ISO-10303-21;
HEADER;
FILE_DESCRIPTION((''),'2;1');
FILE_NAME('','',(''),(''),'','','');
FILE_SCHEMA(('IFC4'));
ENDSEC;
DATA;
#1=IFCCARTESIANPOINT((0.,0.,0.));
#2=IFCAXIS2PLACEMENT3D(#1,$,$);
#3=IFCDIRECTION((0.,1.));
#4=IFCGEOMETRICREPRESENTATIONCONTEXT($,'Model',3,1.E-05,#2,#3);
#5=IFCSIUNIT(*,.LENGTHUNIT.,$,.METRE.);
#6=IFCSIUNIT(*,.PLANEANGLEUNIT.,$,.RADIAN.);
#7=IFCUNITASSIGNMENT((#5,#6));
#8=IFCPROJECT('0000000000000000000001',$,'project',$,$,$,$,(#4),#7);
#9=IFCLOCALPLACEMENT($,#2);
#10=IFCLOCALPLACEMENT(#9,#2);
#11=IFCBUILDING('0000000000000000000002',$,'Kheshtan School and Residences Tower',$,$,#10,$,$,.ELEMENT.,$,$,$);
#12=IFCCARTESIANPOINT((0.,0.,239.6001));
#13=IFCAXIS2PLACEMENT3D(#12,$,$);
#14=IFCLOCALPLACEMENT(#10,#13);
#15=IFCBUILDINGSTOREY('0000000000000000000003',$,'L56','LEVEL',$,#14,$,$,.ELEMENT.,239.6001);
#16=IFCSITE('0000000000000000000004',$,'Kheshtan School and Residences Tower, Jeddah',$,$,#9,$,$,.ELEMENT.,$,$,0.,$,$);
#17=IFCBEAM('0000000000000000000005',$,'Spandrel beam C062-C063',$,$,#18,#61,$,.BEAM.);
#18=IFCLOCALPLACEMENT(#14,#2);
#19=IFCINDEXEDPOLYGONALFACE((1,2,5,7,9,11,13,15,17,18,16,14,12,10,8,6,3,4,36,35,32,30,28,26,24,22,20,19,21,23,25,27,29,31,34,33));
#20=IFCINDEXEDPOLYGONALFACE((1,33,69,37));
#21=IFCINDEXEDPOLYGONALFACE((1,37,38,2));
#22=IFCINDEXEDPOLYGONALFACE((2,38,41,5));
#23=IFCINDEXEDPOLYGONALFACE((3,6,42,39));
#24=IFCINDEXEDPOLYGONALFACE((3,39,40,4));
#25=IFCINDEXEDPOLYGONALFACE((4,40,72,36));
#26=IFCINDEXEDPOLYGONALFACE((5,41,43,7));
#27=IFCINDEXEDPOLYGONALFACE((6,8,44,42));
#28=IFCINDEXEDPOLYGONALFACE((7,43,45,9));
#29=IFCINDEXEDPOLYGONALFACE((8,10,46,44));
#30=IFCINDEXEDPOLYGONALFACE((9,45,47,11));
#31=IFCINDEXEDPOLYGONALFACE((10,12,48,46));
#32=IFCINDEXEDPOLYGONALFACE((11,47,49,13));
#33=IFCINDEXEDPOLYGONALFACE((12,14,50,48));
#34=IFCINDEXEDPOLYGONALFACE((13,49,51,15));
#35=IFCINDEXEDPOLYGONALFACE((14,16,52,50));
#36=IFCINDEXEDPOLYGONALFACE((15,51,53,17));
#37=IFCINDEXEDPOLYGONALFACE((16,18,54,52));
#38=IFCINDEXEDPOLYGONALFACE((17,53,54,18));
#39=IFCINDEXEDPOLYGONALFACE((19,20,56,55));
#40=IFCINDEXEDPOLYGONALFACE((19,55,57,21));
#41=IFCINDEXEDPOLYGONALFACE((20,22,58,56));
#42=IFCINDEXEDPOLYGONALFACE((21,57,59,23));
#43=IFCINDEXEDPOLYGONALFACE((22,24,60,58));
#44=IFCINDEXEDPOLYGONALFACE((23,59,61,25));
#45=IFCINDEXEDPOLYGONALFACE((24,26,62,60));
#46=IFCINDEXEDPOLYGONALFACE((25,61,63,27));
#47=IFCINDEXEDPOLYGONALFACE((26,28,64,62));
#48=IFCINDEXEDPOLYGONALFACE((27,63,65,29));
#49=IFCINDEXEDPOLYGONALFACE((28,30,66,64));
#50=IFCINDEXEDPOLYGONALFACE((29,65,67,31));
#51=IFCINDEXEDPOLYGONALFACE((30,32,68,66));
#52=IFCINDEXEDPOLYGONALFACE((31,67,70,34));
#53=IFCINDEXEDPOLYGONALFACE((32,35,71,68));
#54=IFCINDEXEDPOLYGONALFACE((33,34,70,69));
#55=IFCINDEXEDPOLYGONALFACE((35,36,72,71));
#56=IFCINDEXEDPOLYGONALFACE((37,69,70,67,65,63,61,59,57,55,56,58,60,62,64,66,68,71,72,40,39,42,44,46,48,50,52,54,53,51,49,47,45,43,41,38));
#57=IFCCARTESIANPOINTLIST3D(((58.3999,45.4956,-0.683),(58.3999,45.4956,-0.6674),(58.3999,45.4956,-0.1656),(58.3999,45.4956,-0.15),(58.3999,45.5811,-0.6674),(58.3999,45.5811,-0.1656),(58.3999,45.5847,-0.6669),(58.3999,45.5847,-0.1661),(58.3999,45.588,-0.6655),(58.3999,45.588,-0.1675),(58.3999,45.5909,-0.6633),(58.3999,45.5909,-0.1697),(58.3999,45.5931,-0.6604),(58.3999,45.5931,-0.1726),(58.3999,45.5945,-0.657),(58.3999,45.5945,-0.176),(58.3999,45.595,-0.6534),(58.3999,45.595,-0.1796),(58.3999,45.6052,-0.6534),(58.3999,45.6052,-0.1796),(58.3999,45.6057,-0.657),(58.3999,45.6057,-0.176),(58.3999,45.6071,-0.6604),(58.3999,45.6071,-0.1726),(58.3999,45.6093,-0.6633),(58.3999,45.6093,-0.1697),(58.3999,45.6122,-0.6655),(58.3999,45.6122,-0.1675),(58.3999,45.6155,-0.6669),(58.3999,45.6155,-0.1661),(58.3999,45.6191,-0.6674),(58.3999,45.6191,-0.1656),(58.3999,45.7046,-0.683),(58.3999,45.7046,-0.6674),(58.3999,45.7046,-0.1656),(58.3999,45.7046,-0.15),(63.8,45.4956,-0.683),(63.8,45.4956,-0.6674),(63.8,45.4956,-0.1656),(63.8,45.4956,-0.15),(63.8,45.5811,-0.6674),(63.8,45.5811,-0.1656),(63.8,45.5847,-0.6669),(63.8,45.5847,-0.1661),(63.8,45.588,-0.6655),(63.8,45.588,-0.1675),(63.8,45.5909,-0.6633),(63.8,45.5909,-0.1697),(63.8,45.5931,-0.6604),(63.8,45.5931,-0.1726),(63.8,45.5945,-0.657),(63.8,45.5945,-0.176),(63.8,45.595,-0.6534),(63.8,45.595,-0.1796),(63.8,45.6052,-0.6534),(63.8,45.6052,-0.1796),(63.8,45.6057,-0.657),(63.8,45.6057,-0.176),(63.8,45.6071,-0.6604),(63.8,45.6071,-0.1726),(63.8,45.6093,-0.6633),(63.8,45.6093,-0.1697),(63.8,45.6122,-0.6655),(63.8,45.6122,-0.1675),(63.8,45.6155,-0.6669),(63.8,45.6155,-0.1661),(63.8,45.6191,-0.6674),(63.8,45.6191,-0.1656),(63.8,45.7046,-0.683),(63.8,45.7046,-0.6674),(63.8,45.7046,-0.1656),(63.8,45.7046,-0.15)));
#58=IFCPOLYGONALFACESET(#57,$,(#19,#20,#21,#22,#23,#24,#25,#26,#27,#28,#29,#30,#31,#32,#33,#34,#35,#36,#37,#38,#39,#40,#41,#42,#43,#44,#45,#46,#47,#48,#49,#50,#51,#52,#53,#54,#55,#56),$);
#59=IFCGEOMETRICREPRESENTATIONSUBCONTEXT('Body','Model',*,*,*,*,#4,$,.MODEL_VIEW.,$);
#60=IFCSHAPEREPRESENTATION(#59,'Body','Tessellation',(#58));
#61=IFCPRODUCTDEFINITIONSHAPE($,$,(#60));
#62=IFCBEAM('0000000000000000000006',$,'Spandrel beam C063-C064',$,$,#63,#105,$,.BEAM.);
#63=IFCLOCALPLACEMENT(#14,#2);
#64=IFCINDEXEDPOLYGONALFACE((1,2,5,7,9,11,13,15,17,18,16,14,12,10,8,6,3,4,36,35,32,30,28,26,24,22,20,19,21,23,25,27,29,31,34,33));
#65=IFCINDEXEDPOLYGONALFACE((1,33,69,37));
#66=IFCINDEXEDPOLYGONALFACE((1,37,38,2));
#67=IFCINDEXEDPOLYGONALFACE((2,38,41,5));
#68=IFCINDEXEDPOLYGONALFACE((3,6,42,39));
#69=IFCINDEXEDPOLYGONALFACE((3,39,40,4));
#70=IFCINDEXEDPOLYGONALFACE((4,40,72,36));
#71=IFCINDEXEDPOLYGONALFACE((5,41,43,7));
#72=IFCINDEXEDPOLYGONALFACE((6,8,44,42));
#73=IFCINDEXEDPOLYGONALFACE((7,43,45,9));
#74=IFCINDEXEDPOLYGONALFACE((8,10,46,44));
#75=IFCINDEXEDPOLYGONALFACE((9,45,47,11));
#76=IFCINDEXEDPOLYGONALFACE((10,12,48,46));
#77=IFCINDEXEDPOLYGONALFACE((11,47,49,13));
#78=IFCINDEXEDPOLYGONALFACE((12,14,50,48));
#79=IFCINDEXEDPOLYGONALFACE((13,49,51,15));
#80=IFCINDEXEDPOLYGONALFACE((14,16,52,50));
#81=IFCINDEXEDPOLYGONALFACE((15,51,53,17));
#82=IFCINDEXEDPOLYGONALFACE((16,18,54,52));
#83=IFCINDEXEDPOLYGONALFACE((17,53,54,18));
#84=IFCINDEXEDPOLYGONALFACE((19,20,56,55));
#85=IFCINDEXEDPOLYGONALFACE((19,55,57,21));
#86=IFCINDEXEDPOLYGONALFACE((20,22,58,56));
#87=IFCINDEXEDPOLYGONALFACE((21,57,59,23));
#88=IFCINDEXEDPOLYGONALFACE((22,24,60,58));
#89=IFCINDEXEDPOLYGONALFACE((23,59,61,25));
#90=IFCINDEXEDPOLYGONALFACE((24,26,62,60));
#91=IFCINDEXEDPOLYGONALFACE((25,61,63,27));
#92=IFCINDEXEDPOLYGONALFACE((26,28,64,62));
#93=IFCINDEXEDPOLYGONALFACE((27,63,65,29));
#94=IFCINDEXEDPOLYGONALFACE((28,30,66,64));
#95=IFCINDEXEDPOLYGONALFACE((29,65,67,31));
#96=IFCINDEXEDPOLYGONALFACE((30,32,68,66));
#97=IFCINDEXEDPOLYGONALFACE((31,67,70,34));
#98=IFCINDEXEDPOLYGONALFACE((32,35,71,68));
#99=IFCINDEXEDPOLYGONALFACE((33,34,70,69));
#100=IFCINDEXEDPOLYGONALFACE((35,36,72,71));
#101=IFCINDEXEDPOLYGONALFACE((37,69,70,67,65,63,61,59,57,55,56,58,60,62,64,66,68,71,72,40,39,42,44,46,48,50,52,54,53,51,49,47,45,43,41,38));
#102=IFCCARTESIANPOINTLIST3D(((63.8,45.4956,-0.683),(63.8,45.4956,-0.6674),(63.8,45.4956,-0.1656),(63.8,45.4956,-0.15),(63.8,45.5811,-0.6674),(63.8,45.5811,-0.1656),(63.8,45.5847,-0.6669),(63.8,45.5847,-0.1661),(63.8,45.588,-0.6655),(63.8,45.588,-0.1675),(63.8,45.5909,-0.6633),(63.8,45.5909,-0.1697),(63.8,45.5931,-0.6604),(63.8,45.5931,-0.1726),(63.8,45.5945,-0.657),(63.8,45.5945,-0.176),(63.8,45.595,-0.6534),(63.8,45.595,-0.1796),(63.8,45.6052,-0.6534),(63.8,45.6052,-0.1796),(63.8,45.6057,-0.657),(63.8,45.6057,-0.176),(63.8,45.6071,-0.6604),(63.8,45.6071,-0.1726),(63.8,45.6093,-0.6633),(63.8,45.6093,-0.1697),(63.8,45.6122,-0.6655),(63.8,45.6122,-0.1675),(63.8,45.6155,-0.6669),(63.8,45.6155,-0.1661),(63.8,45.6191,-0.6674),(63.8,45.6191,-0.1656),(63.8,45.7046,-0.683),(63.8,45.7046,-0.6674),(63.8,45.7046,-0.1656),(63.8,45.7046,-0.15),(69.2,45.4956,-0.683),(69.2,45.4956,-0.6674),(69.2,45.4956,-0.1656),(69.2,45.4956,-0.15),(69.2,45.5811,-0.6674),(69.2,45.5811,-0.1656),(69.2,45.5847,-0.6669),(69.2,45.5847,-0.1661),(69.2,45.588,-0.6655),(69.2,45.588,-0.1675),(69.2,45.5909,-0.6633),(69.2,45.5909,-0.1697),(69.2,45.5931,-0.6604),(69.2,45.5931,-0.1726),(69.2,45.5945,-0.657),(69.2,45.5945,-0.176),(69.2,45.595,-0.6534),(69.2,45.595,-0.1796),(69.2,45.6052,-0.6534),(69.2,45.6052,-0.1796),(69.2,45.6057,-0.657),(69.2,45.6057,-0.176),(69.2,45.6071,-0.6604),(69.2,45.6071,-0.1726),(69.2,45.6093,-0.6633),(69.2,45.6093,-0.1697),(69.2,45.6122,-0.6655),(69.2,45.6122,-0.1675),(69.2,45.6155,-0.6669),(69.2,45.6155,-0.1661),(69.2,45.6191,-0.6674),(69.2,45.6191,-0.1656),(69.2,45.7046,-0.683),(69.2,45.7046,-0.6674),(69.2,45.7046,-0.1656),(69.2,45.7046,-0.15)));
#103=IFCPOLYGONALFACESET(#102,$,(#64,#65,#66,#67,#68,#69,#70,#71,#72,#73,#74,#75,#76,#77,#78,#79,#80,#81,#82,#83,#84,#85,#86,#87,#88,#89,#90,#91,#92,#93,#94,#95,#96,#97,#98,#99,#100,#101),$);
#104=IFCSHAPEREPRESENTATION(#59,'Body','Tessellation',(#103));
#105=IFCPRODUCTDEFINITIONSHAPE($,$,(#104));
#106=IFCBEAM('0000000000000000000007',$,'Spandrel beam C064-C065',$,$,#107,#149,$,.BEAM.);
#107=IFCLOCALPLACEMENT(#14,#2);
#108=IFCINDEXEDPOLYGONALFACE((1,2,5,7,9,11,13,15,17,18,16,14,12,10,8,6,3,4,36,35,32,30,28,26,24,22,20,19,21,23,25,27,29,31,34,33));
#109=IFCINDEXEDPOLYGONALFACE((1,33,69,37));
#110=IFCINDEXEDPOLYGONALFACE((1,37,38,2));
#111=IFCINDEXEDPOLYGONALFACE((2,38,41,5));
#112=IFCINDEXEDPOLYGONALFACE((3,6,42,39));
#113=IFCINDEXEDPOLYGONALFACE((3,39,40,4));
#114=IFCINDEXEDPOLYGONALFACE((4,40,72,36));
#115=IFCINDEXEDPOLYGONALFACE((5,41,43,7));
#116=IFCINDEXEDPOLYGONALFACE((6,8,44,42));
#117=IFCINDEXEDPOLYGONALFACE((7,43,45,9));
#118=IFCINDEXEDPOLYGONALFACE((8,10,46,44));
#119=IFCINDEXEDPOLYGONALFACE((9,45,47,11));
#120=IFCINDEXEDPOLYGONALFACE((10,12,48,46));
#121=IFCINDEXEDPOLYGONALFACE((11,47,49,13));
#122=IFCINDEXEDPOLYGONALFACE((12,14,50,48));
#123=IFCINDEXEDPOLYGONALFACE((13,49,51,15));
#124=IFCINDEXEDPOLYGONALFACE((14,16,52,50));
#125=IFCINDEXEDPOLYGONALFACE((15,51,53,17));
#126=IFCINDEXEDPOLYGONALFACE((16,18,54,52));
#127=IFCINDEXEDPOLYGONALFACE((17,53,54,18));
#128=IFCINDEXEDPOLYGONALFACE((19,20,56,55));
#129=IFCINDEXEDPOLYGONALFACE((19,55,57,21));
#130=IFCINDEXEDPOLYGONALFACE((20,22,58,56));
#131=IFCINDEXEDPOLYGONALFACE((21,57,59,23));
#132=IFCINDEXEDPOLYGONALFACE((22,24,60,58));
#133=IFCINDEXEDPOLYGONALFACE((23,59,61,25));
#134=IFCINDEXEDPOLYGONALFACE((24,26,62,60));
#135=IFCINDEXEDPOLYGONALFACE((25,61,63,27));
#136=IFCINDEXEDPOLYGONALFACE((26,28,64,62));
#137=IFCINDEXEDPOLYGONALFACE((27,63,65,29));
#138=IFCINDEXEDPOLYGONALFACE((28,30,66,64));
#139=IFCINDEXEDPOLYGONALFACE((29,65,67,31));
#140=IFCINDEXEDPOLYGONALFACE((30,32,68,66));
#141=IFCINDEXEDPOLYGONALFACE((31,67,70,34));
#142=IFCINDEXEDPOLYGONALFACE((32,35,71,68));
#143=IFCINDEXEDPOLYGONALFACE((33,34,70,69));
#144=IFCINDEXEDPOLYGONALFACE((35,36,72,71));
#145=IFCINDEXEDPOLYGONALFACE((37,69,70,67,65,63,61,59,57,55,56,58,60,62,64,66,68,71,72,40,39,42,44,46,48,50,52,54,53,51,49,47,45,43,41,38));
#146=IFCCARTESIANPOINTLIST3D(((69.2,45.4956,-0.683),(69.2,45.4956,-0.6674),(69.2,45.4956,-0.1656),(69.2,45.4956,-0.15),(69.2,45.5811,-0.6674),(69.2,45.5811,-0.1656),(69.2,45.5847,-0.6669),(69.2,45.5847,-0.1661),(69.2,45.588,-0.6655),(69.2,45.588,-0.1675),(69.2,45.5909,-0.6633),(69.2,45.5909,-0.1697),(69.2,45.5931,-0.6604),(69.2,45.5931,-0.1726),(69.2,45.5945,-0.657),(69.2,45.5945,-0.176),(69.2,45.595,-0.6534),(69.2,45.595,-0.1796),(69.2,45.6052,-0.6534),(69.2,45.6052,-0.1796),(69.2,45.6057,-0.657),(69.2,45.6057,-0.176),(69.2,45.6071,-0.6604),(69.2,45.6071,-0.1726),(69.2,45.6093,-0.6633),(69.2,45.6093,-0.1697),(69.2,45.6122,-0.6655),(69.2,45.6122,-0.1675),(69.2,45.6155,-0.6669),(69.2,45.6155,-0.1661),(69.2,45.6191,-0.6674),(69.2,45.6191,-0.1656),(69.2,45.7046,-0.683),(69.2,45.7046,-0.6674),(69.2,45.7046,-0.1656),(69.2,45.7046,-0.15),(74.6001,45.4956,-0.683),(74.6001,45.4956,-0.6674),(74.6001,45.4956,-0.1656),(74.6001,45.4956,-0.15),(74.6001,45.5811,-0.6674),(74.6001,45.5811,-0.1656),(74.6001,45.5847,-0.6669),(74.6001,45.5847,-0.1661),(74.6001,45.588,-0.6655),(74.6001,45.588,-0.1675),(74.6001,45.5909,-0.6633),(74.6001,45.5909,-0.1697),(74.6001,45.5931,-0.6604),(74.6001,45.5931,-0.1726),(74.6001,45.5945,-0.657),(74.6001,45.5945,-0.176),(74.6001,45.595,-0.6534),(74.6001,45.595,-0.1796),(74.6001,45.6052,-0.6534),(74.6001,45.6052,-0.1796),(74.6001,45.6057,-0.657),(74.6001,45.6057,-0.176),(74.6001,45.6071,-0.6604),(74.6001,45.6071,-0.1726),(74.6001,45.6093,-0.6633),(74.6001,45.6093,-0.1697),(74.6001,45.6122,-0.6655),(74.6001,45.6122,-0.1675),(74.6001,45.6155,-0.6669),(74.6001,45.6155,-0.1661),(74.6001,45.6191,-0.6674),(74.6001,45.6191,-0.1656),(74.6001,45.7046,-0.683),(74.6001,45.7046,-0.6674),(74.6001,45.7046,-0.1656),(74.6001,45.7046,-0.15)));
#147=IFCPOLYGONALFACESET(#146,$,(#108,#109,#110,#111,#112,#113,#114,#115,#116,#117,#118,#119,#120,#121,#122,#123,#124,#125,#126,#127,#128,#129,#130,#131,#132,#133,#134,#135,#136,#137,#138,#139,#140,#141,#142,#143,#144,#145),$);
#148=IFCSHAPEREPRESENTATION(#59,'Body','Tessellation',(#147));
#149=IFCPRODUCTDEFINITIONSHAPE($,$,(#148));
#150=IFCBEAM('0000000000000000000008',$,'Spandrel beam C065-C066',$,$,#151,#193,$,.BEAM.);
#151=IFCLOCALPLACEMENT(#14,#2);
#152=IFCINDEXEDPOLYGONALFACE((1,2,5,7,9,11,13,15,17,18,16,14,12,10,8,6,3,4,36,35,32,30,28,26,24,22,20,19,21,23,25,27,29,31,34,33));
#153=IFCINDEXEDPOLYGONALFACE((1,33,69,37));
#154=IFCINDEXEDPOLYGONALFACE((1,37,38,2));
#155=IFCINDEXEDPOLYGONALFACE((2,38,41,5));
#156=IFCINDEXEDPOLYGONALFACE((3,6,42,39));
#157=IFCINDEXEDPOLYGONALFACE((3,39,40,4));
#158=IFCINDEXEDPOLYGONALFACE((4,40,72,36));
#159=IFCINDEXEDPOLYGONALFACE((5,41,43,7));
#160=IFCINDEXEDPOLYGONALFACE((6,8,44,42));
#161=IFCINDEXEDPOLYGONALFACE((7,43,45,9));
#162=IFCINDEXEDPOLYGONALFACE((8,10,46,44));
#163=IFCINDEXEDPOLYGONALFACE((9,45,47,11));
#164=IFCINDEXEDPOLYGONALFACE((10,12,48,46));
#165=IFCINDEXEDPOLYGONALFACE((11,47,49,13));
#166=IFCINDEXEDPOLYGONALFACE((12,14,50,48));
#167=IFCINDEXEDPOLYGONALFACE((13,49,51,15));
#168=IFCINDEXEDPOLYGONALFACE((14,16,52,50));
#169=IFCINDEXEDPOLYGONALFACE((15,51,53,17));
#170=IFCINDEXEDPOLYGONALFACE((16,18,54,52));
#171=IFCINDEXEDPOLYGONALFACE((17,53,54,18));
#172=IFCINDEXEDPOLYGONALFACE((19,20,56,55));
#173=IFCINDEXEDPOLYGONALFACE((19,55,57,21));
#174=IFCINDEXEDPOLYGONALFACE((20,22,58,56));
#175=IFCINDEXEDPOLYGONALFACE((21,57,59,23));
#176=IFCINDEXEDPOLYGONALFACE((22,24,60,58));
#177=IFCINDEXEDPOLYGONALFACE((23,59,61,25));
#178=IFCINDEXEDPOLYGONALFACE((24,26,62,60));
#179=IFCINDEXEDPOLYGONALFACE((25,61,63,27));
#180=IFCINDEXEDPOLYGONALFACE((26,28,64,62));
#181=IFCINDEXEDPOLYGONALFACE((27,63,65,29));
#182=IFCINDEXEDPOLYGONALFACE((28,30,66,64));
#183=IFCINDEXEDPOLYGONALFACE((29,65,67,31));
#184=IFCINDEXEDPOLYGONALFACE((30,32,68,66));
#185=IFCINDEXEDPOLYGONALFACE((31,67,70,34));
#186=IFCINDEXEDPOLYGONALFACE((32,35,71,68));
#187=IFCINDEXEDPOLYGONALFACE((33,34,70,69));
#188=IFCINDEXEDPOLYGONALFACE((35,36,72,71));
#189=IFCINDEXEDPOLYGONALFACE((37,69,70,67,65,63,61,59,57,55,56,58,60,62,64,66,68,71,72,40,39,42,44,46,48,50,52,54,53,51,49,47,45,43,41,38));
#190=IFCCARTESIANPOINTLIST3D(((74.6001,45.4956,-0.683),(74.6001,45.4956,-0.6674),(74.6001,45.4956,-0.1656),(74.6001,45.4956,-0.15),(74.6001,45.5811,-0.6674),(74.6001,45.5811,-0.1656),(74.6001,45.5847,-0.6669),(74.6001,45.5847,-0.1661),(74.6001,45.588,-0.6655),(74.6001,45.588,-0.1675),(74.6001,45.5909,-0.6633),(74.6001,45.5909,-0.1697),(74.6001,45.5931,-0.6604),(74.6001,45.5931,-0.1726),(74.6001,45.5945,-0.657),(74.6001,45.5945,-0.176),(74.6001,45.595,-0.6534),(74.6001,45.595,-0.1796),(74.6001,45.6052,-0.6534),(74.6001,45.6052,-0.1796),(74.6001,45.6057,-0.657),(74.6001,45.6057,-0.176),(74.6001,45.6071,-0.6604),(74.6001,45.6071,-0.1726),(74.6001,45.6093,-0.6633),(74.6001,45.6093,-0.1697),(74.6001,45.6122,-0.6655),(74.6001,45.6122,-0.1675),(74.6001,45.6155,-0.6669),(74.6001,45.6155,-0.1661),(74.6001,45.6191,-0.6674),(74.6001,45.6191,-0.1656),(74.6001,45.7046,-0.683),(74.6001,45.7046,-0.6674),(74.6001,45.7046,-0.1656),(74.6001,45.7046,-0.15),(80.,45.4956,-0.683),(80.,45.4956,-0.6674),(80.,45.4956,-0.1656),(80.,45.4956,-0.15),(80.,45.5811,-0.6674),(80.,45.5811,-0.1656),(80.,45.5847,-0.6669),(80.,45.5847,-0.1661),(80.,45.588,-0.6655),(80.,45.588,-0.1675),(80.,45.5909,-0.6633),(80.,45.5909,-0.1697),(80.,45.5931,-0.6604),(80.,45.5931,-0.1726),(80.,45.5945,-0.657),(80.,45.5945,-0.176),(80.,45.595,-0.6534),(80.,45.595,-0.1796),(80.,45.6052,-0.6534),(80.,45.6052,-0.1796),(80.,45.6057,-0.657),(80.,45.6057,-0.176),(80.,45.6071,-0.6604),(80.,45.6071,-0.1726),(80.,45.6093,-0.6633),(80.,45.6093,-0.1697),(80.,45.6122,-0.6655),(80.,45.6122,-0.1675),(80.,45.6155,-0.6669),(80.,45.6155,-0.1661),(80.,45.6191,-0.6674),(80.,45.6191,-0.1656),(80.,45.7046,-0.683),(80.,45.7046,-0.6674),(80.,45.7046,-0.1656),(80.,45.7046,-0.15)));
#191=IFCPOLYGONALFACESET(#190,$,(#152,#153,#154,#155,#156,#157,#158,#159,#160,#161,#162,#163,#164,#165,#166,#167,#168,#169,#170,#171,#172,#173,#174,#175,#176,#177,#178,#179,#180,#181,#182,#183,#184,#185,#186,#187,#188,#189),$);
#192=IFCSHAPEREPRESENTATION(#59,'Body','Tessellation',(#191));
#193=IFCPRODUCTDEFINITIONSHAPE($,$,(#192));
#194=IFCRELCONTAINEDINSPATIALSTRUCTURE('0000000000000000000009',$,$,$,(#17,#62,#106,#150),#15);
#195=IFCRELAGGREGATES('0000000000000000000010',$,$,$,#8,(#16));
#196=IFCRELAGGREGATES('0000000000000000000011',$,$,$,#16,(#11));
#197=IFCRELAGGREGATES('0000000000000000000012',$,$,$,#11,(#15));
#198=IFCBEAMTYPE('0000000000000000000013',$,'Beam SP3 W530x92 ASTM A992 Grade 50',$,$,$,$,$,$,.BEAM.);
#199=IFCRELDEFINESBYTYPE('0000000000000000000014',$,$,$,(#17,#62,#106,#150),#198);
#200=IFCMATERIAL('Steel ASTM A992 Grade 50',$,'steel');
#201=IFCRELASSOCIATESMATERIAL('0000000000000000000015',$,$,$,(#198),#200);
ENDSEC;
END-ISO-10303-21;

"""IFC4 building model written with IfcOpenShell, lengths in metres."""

from ifc_helpers import new_model, si_unit, direction, frame, origin, origin_2d, place, context, subcontext, project, spatial, i_section, extrude, material, material_profile, profile_set, type_object, element, save


model = new_model("IFC4")

# Units and contexts
model_context = context("Model", 3, precision=1e-05, world=origin(), true_north=direction((0.0, 1.0)))
body_context = subcontext(model_context, "Body", "Model", "MODEL_VIEW")
ifc_project = project(units=[si_unit("LENGTHUNIT", "METRE"), si_unit("PLANEANGLEUNIT", "RADIAN")], contexts=[model_context])

# Site, building, storey
site_placement = place(None, origin())
site = spatial("IfcSite", under=ifc_project, at=site_placement, Name="Kheshtan School and Residences Tower, Jeddah", CompositionType="ELEMENT", RefElevation=0.0)
building_placement = place(site_placement, origin())
building = spatial("IfcBuilding", under=site, at=building_placement, Name="Kheshtan School and Residences Tower", CompositionType="ELEMENT")
storey_placement = place(building_placement, frame((0.0, 0.0, 239.6001)))
storey = spatial("IfcBuildingStorey", under=building, at=storey_placement, Name="L56", Description="LEVEL", CompositionType="ELEMENT", Elevation=239.6001)

# Shared definitions
ifc_material_1 = material(Name="Steel ASTM A992 Grade 50", Category="steel")

# Beams
ifc_material_profile_1 = material_profile(ifc_material_1, i_section(OverallWidth=0.209, OverallDepth=0.533, WebThickness=0.0103, FlangeThickness=0.0156, FilletRadius=0.0139, at=origin_2d()), Name="W530x92")
ifc_profile_set_1 = profile_set([ifc_material_profile_1], Name="Steel ASTM A992 Grade 50")
beam_type_1 = type_object("IfcBeamType", Name="Beam SP3 W530x92 ASTM A992 Grade 50", PredefinedType="BEAM", material=ifc_profile_set_1)
beam_1_placement = place(storey_placement, frame((58.3999, 45.6001, -0.4165), z_axis=(1.0, 0.0, 0.0), x_axis=(0.0, 1.0, 0.0)))
element("IfcBeam", 1, at=beam_1_placement, inside=storey, type_object=beam_type_1, Name="Spandrel beam C062-C063", PredefinedType="BEAM", context=body_context, shape_type="SweptSolid", body=[
    extrude(i_section(OverallWidth=0.209, OverallDepth=0.533, WebThickness=0.0103, FlangeThickness=0.0156, FilletRadius=0.0139, at=origin_2d()), origin(), (0.0, 0.0, 1.0), 5.4001),
])
beam_2_placement = place(storey_placement, frame((63.8, 45.6001, -0.4165), z_axis=(1.0, 0.0, 0.0), x_axis=(0.0, 1.0, 0.0)))
element("IfcBeam", 2, at=beam_2_placement, inside=storey, type_object=beam_type_1, Name="Spandrel beam C063-C064", PredefinedType="BEAM", context=body_context, shape_type="SweptSolid", body=[
    extrude(i_section(OverallWidth=0.209, OverallDepth=0.533, WebThickness=0.0103, FlangeThickness=0.0156, FilletRadius=0.0139, at=origin_2d()), origin(), (0.0, 0.0, 1.0), 5.3999),
])
beam_3_placement = place(storey_placement, frame((69.2, 45.6001, -0.4165), z_axis=(1.0, 0.0, 0.0), x_axis=(0.0, 1.0, 0.0)))
element("IfcBeam", 3, at=beam_3_placement, inside=storey, type_object=beam_type_1, Name="Spandrel beam C064-C065", PredefinedType="BEAM", context=body_context, shape_type="SweptSolid", body=[
    extrude(i_section(OverallWidth=0.209, OverallDepth=0.533, WebThickness=0.0103, FlangeThickness=0.0156, FilletRadius=0.0139, at=origin_2d()), origin(), (0.0, 0.0, 1.0), 5.4001),
])
beam_4_placement = place(storey_placement, frame((74.6001, 45.6001, -0.4165), z_axis=(1.0, 0.0, 0.0), x_axis=(0.0, 1.0, 0.0)))
element("IfcBeam", 4, at=beam_4_placement, inside=storey, type_object=beam_type_1, Name="Spandrel beam C065-C066", PredefinedType="BEAM", context=body_context, shape_type="SweptSolid", body=[
    extrude(i_section(OverallWidth=0.209, OverallDepth=0.533, WebThickness=0.0103, FlangeThickness=0.0156, FilletRadius=0.0139, at=origin_2d()), origin(), (0.0, 0.0, 1.0), 5.3999),
])

save(model, "model.ifc")
